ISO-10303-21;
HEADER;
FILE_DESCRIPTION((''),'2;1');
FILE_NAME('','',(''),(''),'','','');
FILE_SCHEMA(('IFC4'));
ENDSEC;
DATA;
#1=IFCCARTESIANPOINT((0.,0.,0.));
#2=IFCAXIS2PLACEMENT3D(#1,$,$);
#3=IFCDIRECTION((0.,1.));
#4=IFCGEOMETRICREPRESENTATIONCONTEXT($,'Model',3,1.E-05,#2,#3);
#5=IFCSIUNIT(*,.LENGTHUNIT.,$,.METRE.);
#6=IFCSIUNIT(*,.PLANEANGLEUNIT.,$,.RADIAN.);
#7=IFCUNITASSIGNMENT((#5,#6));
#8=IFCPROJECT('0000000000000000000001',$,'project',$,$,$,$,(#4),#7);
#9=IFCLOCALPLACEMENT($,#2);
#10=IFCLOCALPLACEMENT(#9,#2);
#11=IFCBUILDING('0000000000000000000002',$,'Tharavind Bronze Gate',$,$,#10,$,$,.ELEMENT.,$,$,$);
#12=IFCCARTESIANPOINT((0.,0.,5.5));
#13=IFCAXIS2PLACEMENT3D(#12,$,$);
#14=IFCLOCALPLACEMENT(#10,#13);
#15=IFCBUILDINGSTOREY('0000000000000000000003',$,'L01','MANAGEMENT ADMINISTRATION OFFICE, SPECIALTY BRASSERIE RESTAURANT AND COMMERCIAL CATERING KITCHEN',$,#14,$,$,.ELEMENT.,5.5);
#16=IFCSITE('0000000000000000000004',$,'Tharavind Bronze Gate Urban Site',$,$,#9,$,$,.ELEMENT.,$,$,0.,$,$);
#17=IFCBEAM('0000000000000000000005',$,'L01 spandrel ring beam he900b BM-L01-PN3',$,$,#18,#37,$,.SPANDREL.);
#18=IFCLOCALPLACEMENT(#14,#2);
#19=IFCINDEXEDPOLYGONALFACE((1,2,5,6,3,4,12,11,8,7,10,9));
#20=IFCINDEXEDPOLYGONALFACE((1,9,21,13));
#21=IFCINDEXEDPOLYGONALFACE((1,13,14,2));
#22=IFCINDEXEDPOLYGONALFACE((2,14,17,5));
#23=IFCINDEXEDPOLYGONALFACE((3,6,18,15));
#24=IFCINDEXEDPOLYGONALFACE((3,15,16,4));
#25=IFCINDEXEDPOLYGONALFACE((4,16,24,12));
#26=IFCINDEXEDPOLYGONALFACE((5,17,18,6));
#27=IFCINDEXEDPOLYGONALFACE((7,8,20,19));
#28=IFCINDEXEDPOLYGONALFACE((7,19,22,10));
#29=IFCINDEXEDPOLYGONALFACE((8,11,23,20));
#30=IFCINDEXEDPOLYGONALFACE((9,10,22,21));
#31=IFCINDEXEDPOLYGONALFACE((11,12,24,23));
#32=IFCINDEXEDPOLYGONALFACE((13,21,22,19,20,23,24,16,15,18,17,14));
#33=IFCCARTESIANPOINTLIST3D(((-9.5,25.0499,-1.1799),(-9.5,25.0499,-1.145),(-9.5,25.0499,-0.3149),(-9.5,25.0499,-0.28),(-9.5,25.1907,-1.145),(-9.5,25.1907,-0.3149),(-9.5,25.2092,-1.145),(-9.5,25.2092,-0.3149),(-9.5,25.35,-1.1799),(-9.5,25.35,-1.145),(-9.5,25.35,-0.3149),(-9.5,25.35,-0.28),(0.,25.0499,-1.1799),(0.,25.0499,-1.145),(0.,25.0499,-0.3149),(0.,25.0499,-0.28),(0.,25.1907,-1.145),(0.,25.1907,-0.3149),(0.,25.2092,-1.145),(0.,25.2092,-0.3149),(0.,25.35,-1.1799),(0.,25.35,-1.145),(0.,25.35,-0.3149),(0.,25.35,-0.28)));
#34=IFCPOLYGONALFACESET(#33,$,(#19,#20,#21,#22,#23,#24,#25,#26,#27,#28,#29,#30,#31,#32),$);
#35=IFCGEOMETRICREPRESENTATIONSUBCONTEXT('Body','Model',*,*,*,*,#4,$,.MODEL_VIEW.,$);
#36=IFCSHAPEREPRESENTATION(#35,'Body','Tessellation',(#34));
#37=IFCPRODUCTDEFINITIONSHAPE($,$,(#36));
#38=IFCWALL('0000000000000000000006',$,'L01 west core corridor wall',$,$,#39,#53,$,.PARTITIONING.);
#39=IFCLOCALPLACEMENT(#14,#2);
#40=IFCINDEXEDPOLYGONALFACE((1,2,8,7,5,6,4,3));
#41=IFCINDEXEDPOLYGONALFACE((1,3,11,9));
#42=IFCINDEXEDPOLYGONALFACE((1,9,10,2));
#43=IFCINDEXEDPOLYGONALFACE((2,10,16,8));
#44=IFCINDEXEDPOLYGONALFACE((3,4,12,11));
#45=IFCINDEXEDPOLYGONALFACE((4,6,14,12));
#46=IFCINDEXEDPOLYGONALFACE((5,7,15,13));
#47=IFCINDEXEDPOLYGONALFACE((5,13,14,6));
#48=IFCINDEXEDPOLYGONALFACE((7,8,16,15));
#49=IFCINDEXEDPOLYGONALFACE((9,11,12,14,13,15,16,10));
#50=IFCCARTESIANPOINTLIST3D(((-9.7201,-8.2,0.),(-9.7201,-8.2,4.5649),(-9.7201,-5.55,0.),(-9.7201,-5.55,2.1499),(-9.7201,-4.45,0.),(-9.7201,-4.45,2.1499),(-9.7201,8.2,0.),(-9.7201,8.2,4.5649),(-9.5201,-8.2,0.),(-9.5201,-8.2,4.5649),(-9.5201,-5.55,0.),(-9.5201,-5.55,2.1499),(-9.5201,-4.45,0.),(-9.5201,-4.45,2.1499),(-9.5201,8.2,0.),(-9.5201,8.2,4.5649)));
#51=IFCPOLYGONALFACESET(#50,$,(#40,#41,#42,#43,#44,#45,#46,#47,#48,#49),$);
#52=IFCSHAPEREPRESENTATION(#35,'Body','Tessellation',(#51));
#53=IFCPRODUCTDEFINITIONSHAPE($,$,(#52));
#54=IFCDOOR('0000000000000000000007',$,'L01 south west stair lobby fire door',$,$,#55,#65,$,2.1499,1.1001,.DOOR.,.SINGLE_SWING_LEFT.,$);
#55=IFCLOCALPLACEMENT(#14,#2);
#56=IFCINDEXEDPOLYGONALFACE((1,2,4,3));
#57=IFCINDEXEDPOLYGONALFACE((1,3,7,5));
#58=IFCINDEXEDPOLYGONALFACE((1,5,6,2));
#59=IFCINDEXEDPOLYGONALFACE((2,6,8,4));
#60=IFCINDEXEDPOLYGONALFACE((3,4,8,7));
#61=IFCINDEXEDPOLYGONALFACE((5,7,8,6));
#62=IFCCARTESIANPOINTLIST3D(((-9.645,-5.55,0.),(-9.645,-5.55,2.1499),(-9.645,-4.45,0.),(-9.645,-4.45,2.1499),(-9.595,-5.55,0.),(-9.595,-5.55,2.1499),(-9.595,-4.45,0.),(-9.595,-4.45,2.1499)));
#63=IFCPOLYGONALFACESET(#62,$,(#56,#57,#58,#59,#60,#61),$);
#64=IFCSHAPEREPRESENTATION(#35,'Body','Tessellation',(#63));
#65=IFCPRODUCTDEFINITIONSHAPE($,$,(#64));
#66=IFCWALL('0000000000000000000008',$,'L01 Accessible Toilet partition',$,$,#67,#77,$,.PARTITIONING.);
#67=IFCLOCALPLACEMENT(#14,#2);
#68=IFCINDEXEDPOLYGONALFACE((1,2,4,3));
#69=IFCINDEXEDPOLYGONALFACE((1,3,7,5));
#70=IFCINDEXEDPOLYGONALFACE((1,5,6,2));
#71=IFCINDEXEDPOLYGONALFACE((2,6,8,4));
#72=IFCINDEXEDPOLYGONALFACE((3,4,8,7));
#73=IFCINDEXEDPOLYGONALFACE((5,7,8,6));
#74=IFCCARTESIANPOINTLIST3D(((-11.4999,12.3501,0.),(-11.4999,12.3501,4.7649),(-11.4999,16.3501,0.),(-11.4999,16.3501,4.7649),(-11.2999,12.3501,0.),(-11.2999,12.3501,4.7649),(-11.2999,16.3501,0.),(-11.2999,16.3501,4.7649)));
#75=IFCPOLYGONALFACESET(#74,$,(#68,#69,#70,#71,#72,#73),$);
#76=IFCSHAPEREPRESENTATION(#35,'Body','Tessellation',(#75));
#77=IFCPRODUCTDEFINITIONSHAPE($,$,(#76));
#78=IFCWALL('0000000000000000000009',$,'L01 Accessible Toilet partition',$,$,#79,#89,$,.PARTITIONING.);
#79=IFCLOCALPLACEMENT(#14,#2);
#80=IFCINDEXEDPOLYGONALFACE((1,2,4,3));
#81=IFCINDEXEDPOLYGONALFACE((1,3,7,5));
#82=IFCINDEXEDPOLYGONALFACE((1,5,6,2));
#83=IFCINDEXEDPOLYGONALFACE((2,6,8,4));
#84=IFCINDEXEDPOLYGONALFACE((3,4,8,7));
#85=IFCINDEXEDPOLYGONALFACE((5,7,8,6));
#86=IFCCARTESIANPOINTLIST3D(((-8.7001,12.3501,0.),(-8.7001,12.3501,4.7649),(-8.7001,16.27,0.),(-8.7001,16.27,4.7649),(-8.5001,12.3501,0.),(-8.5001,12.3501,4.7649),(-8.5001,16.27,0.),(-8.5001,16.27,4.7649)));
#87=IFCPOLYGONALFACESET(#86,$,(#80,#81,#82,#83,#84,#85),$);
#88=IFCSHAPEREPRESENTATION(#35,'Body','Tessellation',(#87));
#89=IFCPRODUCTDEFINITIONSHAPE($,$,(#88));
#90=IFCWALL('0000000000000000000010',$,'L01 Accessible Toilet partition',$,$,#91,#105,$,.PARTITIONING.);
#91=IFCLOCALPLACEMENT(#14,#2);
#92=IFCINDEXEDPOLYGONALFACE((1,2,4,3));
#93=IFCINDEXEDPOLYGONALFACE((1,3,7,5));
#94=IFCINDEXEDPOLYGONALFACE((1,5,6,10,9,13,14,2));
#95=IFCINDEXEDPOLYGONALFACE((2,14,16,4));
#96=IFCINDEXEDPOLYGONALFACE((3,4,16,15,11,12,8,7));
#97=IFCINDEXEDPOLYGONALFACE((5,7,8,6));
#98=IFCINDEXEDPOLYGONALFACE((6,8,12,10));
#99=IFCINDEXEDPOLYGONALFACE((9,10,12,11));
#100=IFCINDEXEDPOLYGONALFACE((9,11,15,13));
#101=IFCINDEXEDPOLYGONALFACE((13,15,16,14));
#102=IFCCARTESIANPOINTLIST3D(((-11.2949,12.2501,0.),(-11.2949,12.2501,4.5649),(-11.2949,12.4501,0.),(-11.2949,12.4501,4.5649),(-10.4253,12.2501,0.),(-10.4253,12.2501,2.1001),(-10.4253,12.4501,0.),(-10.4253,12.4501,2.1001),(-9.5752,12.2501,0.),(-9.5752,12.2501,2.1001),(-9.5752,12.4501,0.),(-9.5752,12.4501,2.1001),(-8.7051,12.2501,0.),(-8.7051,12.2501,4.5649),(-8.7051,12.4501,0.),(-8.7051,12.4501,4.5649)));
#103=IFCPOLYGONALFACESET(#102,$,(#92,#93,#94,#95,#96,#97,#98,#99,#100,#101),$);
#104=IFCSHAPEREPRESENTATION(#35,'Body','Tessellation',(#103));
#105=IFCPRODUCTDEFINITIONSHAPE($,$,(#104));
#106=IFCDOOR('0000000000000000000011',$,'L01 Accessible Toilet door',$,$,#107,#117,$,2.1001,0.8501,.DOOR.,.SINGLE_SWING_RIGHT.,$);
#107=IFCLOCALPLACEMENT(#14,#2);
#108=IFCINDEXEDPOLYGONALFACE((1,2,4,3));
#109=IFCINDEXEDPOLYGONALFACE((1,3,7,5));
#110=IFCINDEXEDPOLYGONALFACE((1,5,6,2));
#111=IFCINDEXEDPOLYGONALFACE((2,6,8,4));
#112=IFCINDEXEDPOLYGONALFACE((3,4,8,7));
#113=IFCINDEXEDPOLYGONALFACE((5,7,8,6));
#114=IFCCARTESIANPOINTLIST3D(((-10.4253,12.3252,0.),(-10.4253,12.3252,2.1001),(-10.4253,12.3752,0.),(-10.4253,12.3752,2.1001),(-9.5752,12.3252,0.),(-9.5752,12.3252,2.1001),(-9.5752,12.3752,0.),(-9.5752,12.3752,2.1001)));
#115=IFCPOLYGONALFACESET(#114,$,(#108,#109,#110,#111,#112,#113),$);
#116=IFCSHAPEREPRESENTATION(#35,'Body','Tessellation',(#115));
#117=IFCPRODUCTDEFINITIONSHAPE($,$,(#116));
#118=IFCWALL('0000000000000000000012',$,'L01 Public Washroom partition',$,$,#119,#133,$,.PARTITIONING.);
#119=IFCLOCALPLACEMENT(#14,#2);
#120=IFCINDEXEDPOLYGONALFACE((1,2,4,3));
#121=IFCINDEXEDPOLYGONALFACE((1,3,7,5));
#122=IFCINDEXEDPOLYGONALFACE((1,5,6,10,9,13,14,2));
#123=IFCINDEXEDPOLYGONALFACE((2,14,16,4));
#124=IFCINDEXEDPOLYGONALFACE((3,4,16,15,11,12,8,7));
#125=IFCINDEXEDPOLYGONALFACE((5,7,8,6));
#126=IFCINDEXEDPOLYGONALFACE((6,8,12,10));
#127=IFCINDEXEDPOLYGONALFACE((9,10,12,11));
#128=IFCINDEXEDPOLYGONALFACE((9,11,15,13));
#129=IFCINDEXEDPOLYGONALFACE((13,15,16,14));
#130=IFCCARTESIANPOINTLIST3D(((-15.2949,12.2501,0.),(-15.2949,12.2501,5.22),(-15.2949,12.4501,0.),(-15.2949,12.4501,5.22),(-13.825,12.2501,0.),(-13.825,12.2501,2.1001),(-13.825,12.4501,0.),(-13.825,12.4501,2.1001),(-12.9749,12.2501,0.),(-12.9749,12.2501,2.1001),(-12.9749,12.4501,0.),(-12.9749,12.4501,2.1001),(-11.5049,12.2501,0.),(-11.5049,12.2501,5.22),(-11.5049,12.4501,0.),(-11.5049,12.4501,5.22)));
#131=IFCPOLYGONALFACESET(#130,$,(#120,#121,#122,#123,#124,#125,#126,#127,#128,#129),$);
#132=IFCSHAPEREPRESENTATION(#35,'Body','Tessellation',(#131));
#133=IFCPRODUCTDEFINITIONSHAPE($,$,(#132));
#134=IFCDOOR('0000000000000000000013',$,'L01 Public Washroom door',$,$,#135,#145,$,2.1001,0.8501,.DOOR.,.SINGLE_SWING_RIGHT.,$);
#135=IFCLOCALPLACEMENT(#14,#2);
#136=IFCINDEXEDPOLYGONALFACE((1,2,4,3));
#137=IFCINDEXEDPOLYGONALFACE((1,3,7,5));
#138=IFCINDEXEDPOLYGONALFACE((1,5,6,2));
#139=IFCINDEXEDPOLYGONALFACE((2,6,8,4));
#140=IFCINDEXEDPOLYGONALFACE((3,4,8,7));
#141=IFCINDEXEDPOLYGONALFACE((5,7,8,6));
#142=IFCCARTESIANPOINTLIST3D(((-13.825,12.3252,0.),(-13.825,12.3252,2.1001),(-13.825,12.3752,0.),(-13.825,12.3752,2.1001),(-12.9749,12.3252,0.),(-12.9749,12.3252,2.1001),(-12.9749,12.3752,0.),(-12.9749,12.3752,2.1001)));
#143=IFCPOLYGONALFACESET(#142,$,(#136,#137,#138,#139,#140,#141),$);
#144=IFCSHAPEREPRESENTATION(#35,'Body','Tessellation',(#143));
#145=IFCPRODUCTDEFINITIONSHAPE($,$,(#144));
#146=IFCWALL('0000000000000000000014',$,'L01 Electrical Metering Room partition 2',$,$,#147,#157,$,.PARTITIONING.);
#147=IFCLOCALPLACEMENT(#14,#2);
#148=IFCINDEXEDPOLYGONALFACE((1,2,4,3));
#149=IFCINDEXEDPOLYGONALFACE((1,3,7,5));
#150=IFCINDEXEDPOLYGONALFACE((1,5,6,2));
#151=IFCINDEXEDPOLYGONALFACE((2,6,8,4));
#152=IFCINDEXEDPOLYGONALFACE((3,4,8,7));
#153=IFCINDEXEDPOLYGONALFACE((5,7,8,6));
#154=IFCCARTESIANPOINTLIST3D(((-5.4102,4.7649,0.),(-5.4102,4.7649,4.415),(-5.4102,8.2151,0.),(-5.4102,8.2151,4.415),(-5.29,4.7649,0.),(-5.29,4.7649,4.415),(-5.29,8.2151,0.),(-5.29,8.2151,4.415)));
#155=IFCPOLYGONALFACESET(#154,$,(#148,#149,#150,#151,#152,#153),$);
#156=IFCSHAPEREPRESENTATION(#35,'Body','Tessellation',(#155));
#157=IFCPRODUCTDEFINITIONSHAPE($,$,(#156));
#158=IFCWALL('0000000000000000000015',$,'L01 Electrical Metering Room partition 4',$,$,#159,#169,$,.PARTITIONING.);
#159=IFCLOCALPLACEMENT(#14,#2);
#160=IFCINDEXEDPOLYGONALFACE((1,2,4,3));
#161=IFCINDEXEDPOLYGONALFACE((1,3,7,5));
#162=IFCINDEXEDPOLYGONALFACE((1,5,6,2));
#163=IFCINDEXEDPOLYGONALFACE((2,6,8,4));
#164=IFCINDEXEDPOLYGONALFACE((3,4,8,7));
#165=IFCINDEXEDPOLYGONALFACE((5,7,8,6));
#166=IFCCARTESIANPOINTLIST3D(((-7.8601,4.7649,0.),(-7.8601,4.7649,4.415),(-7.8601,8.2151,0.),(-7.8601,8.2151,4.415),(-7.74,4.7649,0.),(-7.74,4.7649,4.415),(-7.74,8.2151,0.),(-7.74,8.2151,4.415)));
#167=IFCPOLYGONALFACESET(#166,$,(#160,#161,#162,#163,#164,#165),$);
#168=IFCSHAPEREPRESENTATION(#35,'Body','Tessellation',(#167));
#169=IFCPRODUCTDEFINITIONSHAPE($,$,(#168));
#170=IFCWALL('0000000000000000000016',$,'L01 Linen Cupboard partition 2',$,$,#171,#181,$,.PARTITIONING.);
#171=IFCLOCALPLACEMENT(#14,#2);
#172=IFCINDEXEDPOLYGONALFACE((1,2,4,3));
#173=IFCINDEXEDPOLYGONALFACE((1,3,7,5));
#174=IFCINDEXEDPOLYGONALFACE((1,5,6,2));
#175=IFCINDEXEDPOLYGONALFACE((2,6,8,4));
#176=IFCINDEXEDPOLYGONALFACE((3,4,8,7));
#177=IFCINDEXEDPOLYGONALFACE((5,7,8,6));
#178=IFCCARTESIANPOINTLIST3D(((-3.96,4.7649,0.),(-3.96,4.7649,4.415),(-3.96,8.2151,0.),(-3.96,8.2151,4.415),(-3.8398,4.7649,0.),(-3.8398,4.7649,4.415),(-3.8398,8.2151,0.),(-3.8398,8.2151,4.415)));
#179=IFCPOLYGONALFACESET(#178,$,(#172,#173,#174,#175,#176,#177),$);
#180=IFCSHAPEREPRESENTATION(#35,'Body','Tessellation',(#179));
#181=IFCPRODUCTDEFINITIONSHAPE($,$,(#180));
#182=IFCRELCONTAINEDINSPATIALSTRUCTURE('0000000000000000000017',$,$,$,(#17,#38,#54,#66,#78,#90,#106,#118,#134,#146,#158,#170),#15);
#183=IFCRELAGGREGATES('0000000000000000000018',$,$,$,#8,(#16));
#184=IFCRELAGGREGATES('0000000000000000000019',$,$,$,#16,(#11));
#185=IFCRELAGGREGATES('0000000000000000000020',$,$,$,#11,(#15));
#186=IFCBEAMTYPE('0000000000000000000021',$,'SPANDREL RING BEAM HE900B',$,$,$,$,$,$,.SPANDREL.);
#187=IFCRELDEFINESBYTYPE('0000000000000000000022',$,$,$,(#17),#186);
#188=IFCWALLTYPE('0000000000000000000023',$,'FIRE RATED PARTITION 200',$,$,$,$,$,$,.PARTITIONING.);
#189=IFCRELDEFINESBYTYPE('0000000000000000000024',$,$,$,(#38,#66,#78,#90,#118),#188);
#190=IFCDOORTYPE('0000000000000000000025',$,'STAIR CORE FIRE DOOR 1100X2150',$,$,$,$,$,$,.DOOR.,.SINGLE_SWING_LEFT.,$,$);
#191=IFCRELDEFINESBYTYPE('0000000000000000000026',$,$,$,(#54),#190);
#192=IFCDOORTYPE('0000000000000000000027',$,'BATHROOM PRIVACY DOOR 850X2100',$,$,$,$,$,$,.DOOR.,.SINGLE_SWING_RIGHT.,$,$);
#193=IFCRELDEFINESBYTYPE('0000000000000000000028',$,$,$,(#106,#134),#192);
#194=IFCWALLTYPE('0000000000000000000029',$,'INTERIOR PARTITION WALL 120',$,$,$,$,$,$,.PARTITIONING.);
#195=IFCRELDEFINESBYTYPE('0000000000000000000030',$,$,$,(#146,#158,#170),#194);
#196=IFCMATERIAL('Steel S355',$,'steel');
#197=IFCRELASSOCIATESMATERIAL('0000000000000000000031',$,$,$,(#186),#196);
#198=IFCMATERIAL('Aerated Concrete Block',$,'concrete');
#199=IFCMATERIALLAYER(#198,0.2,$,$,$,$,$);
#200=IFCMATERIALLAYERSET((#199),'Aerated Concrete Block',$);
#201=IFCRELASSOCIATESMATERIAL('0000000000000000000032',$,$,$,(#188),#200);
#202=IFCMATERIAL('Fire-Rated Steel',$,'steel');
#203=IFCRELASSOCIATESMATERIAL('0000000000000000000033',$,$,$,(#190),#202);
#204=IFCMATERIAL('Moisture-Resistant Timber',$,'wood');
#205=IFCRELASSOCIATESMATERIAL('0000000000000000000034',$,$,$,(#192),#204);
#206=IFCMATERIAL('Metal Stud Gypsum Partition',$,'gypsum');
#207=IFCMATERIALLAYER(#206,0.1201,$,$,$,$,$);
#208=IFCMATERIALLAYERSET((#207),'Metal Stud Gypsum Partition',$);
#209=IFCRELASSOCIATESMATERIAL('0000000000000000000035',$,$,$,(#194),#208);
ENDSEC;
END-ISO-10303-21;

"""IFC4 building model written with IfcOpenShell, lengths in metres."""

from ifc_helpers import new_model, si_unit, direction, frame, frame_2d, origin, origin_2d, place, context, subcontext, project, spatial, rectangle, i_section, extrude, material, layer, layer_set, material_profile, profile_set, type_object, element, fill, save


model = new_model("IFC4")

# Units and contexts
model_context = context("Model", 3, precision=1e-05, world=origin(), true_north=direction((0.0, 1.0)))
body_context = subcontext(model_context, "Body", "Model", "MODEL_VIEW")
ifc_project = project(units=[si_unit("LENGTHUNIT", "METRE"), si_unit("PLANEANGLEUNIT", "RADIAN")], contexts=[model_context])

# Site, building, storey
site_placement = place(None, origin())
site = spatial("IfcSite", under=ifc_project, at=site_placement, Name="Tharavind Bronze Gate Urban Site", CompositionType="ELEMENT", RefElevation=0.0)
building_placement = place(site_placement, origin())
building = spatial("IfcBuilding", under=site, at=building_placement, Name="Tharavind Bronze Gate", CompositionType="ELEMENT")
storey_placement = place(building_placement, frame((0.0, 0.0, 5.5)))
storey = spatial("IfcBuildingStorey", under=building, at=storey_placement, Name="L01", Description="MANAGEMENT ADMINISTRATION OFFICE, SPECIALTY BRASSERIE RESTAURANT AND COMMERCIAL CATERING KITCHEN", CompositionType="ELEMENT", Elevation=5.5)

# Beam
ifc_material_1 = material(Name="Steel S355", Category="steel")
ifc_material_profile_1 = material_profile(ifc_material_1, i_section(OverallWidth=0.3, OverallDepth=0.8999, WebThickness=0.0186, FlangeThickness=0.0349, at=origin_2d()), Name="HE900B")
ifc_profile_set_1 = profile_set([ifc_material_profile_1], Name="Steel S355")
beam_type_1 = type_object("IfcBeamType", Name="SPANDREL RING BEAM HE900B", PredefinedType="SPANDREL", material=ifc_profile_set_1)
beam_1_placement = place(storey_placement, frame((-9.5, 25.2, -0.73), z_axis=(1.0, 0.0, 0.0), x_axis=(0.0, 1.0, 0.0)))
element("IfcBeam", 1, at=beam_1_placement, inside=storey, type_object=beam_type_1, Name="L01 spandrel ring beam he900b BM-L01-PN3", PredefinedType="SPANDREL", context=body_context, shape_type="SweptSolid", body=[
    extrude(i_section(OverallWidth=0.3, OverallDepth=0.8999, WebThickness=0.0186, FlangeThickness=0.0349, at=origin_2d()), origin(), (0.0, 0.0, 1.0), 9.5),
])

# Wall, opening, door
ifc_material_2 = material(Name="Aerated Concrete Block", Category="concrete")
ifc_layer_1 = layer(ifc_material_2, 0.2)
ifc_layer_set_1 = layer_set([ifc_layer_1], Name="Aerated Concrete Block")
wall_type_1 = type_object("IfcWallType", Name="FIRE RATED PARTITION 200", PredefinedType="PARTITIONING", material=ifc_layer_set_1)
wall_1_placement = place(storey_placement, frame((-9.6201, 8.2, 0.0), z_axis=(0.0, 0.0, 1.0), x_axis=(0.0, -1.0, 0.0)))
wall_1 = element("IfcWall", 2, at=wall_1_placement, inside=storey, type_object=wall_type_1, Name="L01 west core corridor wall", PredefinedType="PARTITIONING", context=body_context, shape_type="SweptSolid", body=[
    extrude(rectangle(XDim=16.3999, YDim=0.2, at=frame_2d((8.2, 0.0))), origin(), (0.0, 0.0, 1.0), 4.5649),
])
opening_1_placement = place(wall_1_placement, frame((12.6499, 0.0, 0.0)))
opening_1 = element("IfcOpeningElement", 3, at=opening_1_placement, cuts=wall_1, PredefinedType="OPENING", context=body_context, shape_type="SweptSolid", body=[
    extrude(rectangle(XDim=1.1001, YDim=2.1499, at=frame_2d((0.55, 1.075))), frame((0.0, 0.1101, 0.0), z_axis=(0.0, -1.0, 0.0), x_axis=(1.0, 0.0, 0.0)), (0.0, 0.0, 1.0), 0.22),
])
ifc_material_3 = material(Name="Fire-Rated Steel", Category="steel")
door_type_1 = type_object("IfcDoorType", Name="STAIR CORE FIRE DOOR 1100X2150", OperationType="SINGLE_SWING_LEFT", PredefinedType="DOOR", material=ifc_material_3)
door_1_placement = place(opening_1_placement, frame((1.1001, 0.0, 0.0), z_axis=(0.0, 0.0, 1.0), x_axis=(-1.0, 0.0, 0.0)))
door_1 = element("IfcDoor", 4, at=door_1_placement, inside=storey, type_object=door_type_1, Name="L01 south west stair lobby fire door", OperationType="SINGLE_SWING_LEFT", OverallHeight=2.1499, OverallWidth=1.1001, PredefinedType="DOOR", context=body_context, shape_type="SweptSolid", body=[
    extrude(rectangle(XDim=1.1001, YDim=2.1499, at=frame_2d((0.55, 1.075))), frame((0.0, 0.0249, 0.0), z_axis=(0.0, -1.0, 0.0), x_axis=(1.0, 0.0, 0.0)), (0.0, 0.0, 1.0), 0.05),
])
fill(opening_1, door_1)

# Walls
wall_2_placement = place(storey_placement, frame((-11.3999, 12.3501, 0.0), z_axis=(0.0, 0.0, 1.0), x_axis=(0.0, 1.0, 0.0)))
element("IfcWall", 5, at=wall_2_placement, inside=storey, type_object=wall_type_1, Name="L01 Accessible Toilet partition", PredefinedType="PARTITIONING", context=body_context, shape_type="SweptSolid", body=[
    extrude(rectangle(XDim=4.0, YDim=0.2, at=frame_2d((2.0, 0.0))), origin(), (0.0, 0.0, 1.0), 4.7649),
])
wall_3_placement = place(storey_placement, frame((-8.6001, 16.27, 0.0), z_axis=(0.0, 0.0, 1.0), x_axis=(0.0, -1.0, 0.0)))
element("IfcWall", 6, at=wall_3_placement, inside=storey, type_object=wall_type_1, Name="L01 Accessible Toilet partition", PredefinedType="PARTITIONING", context=body_context, shape_type="SweptSolid", body=[
    extrude(rectangle(XDim=3.9199, YDim=0.2, at=frame_2d((1.96, 0.0))), origin(), (0.0, 0.0, 1.0), 4.7649),
])

# Walls, openings, doors
wall_4_placement = place(storey_placement, frame((-8.7051, 12.3501, 0.0), z_axis=(0.0, 0.0, 1.0), x_axis=(-1.0, 0.0, 0.0)))
wall_4 = element("IfcWall", 7, at=wall_4_placement, inside=storey, type_object=wall_type_1, Name="L01 Accessible Toilet partition", PredefinedType="PARTITIONING", context=body_context, shape_type="SweptSolid", body=[
    extrude(rectangle(XDim=2.5898, YDim=0.2, at=frame_2d((1.2949, 0.0))), origin(), (0.0, 0.0, 1.0), 4.5649),
])
opening_2_placement = place(wall_4_placement, frame((0.8701, 0.0, 0.0)))
opening_2 = element("IfcOpeningElement", 8, at=opening_2_placement, cuts=wall_4, PredefinedType="OPENING", context=body_context, shape_type="SweptSolid", body=[
    extrude(rectangle(XDim=0.8501, YDim=2.1001, at=frame_2d((0.425, 1.05))), frame((0.0, 0.1101, 0.0), z_axis=(0.0, -1.0, 0.0), x_axis=(1.0, 0.0, 0.0)), (0.0, 0.0, 1.0), 0.22),
])
ifc_material_4 = material(Name="Moisture-Resistant Timber", Category="wood")
door_type_2 = type_object("IfcDoorType", Name="BATHROOM PRIVACY DOOR 850X2100", OperationType="SINGLE_SWING_RIGHT", PredefinedType="DOOR", material=ifc_material_4)
door_2_placement = place(opening_2_placement, origin())
door_2 = element("IfcDoor", 9, at=door_2_placement, inside=storey, type_object=door_type_2, Name="L01 Accessible Toilet door", OperationType="SINGLE_SWING_RIGHT", OverallHeight=2.1001, OverallWidth=0.8501, PredefinedType="DOOR", context=body_context, shape_type="SweptSolid", body=[
    extrude(rectangle(XDim=0.8501, YDim=2.1001, at=frame_2d((0.425, 1.05))), frame((0.0, 0.0249, 0.0), z_axis=(0.0, -1.0, 0.0), x_axis=(1.0, 0.0, 0.0)), (0.0, 0.0, 1.0), 0.05),
])
fill(opening_2, door_2)
wall_5_placement = place(storey_placement, frame((-11.5049, 12.3501, 0.0), z_axis=(0.0, 0.0, 1.0), x_axis=(-1.0, 0.0, 0.0)))
wall_5 = element("IfcWall", 10, at=wall_5_placement, inside=storey, type_object=wall_type_1, Name="L01 Public Washroom partition", PredefinedType="PARTITIONING", context=body_context, shape_type="SweptSolid", body=[
    extrude(rectangle(XDim=3.79, YDim=0.2, at=frame_2d((1.895, 0.0))), origin(), (0.0, 0.0, 1.0), 5.22),
])
opening_3_placement = place(wall_5_placement, frame((1.47, 0.0, 0.0)))
opening_3 = element("IfcOpeningElement", 11, at=opening_3_placement, cuts=wall_5, PredefinedType="OPENING", context=body_context, shape_type="SweptSolid", body=[
    extrude(rectangle(XDim=0.8501, YDim=2.1001, at=frame_2d((0.425, 1.05))), frame((0.0, 0.1101, 0.0), z_axis=(0.0, -1.0, 0.0), x_axis=(1.0, 0.0, 0.0)), (0.0, 0.0, 1.0), 0.22),
])
door_3_placement = place(opening_3_placement, origin())
door_3 = element("IfcDoor", 12, at=door_3_placement, inside=storey, type_object=door_type_2, Name="L01 Public Washroom door", OperationType="SINGLE_SWING_RIGHT", OverallHeight=2.1001, OverallWidth=0.8501, PredefinedType="DOOR", context=body_context, shape_type="SweptSolid", body=[
    extrude(rectangle(XDim=0.8501, YDim=2.1001, at=frame_2d((0.425, 1.05))), frame((0.0, 0.0249, 0.0), z_axis=(0.0, -1.0, 0.0), x_axis=(1.0, 0.0, 0.0)), (0.0, 0.0, 1.0), 0.05),
])
fill(opening_3, door_3)

# Walls
ifc_material_5 = material(Name="Metal Stud Gypsum Partition", Category="gypsum")
ifc_layer_2 = layer(ifc_material_5, 0.1201)
ifc_layer_set_2 = layer_set([ifc_layer_2], Name="Metal Stud Gypsum Partition")
wall_type_2 = type_object("IfcWallType", Name="INTERIOR PARTITION WALL 120", PredefinedType="PARTITIONING", material=ifc_layer_set_2)
for number, where, z_axis, x_axis, name in (
    (13, (-5.3501, 4.7649, 0.0), (0.0, 0.0, 1.0), (0.0, 1.0, 0.0), "L01 Electrical Metering Room partition 2"),
    (14, (-7.8, 8.2151, 0.0), (0.0, 0.0, 1.0), (0.0, -1.0, 0.0), "L01 Electrical Metering Room partition 4"),
    (15, (-3.8999, 4.7649, 0.0), (0.0, 0.0, 1.0), (0.0, 1.0, 0.0), "L01 Linen Cupboard partition 2"),
):
    element("IfcWall", number, at=place(storey_placement, frame(where, z_axis=z_axis, x_axis=x_axis)), inside=storey, type_object=wall_type_2, Name=name, PredefinedType="PARTITIONING", context=body_context, shape_type="SweptSolid", body=[
        extrude(rectangle(XDim=3.4502, YDim=0.1201, at=frame_2d((1.7251, 0.0))), origin(), (0.0, 0.0, 1.0), 4.415),
    ])

save(model, "model.ifc")
